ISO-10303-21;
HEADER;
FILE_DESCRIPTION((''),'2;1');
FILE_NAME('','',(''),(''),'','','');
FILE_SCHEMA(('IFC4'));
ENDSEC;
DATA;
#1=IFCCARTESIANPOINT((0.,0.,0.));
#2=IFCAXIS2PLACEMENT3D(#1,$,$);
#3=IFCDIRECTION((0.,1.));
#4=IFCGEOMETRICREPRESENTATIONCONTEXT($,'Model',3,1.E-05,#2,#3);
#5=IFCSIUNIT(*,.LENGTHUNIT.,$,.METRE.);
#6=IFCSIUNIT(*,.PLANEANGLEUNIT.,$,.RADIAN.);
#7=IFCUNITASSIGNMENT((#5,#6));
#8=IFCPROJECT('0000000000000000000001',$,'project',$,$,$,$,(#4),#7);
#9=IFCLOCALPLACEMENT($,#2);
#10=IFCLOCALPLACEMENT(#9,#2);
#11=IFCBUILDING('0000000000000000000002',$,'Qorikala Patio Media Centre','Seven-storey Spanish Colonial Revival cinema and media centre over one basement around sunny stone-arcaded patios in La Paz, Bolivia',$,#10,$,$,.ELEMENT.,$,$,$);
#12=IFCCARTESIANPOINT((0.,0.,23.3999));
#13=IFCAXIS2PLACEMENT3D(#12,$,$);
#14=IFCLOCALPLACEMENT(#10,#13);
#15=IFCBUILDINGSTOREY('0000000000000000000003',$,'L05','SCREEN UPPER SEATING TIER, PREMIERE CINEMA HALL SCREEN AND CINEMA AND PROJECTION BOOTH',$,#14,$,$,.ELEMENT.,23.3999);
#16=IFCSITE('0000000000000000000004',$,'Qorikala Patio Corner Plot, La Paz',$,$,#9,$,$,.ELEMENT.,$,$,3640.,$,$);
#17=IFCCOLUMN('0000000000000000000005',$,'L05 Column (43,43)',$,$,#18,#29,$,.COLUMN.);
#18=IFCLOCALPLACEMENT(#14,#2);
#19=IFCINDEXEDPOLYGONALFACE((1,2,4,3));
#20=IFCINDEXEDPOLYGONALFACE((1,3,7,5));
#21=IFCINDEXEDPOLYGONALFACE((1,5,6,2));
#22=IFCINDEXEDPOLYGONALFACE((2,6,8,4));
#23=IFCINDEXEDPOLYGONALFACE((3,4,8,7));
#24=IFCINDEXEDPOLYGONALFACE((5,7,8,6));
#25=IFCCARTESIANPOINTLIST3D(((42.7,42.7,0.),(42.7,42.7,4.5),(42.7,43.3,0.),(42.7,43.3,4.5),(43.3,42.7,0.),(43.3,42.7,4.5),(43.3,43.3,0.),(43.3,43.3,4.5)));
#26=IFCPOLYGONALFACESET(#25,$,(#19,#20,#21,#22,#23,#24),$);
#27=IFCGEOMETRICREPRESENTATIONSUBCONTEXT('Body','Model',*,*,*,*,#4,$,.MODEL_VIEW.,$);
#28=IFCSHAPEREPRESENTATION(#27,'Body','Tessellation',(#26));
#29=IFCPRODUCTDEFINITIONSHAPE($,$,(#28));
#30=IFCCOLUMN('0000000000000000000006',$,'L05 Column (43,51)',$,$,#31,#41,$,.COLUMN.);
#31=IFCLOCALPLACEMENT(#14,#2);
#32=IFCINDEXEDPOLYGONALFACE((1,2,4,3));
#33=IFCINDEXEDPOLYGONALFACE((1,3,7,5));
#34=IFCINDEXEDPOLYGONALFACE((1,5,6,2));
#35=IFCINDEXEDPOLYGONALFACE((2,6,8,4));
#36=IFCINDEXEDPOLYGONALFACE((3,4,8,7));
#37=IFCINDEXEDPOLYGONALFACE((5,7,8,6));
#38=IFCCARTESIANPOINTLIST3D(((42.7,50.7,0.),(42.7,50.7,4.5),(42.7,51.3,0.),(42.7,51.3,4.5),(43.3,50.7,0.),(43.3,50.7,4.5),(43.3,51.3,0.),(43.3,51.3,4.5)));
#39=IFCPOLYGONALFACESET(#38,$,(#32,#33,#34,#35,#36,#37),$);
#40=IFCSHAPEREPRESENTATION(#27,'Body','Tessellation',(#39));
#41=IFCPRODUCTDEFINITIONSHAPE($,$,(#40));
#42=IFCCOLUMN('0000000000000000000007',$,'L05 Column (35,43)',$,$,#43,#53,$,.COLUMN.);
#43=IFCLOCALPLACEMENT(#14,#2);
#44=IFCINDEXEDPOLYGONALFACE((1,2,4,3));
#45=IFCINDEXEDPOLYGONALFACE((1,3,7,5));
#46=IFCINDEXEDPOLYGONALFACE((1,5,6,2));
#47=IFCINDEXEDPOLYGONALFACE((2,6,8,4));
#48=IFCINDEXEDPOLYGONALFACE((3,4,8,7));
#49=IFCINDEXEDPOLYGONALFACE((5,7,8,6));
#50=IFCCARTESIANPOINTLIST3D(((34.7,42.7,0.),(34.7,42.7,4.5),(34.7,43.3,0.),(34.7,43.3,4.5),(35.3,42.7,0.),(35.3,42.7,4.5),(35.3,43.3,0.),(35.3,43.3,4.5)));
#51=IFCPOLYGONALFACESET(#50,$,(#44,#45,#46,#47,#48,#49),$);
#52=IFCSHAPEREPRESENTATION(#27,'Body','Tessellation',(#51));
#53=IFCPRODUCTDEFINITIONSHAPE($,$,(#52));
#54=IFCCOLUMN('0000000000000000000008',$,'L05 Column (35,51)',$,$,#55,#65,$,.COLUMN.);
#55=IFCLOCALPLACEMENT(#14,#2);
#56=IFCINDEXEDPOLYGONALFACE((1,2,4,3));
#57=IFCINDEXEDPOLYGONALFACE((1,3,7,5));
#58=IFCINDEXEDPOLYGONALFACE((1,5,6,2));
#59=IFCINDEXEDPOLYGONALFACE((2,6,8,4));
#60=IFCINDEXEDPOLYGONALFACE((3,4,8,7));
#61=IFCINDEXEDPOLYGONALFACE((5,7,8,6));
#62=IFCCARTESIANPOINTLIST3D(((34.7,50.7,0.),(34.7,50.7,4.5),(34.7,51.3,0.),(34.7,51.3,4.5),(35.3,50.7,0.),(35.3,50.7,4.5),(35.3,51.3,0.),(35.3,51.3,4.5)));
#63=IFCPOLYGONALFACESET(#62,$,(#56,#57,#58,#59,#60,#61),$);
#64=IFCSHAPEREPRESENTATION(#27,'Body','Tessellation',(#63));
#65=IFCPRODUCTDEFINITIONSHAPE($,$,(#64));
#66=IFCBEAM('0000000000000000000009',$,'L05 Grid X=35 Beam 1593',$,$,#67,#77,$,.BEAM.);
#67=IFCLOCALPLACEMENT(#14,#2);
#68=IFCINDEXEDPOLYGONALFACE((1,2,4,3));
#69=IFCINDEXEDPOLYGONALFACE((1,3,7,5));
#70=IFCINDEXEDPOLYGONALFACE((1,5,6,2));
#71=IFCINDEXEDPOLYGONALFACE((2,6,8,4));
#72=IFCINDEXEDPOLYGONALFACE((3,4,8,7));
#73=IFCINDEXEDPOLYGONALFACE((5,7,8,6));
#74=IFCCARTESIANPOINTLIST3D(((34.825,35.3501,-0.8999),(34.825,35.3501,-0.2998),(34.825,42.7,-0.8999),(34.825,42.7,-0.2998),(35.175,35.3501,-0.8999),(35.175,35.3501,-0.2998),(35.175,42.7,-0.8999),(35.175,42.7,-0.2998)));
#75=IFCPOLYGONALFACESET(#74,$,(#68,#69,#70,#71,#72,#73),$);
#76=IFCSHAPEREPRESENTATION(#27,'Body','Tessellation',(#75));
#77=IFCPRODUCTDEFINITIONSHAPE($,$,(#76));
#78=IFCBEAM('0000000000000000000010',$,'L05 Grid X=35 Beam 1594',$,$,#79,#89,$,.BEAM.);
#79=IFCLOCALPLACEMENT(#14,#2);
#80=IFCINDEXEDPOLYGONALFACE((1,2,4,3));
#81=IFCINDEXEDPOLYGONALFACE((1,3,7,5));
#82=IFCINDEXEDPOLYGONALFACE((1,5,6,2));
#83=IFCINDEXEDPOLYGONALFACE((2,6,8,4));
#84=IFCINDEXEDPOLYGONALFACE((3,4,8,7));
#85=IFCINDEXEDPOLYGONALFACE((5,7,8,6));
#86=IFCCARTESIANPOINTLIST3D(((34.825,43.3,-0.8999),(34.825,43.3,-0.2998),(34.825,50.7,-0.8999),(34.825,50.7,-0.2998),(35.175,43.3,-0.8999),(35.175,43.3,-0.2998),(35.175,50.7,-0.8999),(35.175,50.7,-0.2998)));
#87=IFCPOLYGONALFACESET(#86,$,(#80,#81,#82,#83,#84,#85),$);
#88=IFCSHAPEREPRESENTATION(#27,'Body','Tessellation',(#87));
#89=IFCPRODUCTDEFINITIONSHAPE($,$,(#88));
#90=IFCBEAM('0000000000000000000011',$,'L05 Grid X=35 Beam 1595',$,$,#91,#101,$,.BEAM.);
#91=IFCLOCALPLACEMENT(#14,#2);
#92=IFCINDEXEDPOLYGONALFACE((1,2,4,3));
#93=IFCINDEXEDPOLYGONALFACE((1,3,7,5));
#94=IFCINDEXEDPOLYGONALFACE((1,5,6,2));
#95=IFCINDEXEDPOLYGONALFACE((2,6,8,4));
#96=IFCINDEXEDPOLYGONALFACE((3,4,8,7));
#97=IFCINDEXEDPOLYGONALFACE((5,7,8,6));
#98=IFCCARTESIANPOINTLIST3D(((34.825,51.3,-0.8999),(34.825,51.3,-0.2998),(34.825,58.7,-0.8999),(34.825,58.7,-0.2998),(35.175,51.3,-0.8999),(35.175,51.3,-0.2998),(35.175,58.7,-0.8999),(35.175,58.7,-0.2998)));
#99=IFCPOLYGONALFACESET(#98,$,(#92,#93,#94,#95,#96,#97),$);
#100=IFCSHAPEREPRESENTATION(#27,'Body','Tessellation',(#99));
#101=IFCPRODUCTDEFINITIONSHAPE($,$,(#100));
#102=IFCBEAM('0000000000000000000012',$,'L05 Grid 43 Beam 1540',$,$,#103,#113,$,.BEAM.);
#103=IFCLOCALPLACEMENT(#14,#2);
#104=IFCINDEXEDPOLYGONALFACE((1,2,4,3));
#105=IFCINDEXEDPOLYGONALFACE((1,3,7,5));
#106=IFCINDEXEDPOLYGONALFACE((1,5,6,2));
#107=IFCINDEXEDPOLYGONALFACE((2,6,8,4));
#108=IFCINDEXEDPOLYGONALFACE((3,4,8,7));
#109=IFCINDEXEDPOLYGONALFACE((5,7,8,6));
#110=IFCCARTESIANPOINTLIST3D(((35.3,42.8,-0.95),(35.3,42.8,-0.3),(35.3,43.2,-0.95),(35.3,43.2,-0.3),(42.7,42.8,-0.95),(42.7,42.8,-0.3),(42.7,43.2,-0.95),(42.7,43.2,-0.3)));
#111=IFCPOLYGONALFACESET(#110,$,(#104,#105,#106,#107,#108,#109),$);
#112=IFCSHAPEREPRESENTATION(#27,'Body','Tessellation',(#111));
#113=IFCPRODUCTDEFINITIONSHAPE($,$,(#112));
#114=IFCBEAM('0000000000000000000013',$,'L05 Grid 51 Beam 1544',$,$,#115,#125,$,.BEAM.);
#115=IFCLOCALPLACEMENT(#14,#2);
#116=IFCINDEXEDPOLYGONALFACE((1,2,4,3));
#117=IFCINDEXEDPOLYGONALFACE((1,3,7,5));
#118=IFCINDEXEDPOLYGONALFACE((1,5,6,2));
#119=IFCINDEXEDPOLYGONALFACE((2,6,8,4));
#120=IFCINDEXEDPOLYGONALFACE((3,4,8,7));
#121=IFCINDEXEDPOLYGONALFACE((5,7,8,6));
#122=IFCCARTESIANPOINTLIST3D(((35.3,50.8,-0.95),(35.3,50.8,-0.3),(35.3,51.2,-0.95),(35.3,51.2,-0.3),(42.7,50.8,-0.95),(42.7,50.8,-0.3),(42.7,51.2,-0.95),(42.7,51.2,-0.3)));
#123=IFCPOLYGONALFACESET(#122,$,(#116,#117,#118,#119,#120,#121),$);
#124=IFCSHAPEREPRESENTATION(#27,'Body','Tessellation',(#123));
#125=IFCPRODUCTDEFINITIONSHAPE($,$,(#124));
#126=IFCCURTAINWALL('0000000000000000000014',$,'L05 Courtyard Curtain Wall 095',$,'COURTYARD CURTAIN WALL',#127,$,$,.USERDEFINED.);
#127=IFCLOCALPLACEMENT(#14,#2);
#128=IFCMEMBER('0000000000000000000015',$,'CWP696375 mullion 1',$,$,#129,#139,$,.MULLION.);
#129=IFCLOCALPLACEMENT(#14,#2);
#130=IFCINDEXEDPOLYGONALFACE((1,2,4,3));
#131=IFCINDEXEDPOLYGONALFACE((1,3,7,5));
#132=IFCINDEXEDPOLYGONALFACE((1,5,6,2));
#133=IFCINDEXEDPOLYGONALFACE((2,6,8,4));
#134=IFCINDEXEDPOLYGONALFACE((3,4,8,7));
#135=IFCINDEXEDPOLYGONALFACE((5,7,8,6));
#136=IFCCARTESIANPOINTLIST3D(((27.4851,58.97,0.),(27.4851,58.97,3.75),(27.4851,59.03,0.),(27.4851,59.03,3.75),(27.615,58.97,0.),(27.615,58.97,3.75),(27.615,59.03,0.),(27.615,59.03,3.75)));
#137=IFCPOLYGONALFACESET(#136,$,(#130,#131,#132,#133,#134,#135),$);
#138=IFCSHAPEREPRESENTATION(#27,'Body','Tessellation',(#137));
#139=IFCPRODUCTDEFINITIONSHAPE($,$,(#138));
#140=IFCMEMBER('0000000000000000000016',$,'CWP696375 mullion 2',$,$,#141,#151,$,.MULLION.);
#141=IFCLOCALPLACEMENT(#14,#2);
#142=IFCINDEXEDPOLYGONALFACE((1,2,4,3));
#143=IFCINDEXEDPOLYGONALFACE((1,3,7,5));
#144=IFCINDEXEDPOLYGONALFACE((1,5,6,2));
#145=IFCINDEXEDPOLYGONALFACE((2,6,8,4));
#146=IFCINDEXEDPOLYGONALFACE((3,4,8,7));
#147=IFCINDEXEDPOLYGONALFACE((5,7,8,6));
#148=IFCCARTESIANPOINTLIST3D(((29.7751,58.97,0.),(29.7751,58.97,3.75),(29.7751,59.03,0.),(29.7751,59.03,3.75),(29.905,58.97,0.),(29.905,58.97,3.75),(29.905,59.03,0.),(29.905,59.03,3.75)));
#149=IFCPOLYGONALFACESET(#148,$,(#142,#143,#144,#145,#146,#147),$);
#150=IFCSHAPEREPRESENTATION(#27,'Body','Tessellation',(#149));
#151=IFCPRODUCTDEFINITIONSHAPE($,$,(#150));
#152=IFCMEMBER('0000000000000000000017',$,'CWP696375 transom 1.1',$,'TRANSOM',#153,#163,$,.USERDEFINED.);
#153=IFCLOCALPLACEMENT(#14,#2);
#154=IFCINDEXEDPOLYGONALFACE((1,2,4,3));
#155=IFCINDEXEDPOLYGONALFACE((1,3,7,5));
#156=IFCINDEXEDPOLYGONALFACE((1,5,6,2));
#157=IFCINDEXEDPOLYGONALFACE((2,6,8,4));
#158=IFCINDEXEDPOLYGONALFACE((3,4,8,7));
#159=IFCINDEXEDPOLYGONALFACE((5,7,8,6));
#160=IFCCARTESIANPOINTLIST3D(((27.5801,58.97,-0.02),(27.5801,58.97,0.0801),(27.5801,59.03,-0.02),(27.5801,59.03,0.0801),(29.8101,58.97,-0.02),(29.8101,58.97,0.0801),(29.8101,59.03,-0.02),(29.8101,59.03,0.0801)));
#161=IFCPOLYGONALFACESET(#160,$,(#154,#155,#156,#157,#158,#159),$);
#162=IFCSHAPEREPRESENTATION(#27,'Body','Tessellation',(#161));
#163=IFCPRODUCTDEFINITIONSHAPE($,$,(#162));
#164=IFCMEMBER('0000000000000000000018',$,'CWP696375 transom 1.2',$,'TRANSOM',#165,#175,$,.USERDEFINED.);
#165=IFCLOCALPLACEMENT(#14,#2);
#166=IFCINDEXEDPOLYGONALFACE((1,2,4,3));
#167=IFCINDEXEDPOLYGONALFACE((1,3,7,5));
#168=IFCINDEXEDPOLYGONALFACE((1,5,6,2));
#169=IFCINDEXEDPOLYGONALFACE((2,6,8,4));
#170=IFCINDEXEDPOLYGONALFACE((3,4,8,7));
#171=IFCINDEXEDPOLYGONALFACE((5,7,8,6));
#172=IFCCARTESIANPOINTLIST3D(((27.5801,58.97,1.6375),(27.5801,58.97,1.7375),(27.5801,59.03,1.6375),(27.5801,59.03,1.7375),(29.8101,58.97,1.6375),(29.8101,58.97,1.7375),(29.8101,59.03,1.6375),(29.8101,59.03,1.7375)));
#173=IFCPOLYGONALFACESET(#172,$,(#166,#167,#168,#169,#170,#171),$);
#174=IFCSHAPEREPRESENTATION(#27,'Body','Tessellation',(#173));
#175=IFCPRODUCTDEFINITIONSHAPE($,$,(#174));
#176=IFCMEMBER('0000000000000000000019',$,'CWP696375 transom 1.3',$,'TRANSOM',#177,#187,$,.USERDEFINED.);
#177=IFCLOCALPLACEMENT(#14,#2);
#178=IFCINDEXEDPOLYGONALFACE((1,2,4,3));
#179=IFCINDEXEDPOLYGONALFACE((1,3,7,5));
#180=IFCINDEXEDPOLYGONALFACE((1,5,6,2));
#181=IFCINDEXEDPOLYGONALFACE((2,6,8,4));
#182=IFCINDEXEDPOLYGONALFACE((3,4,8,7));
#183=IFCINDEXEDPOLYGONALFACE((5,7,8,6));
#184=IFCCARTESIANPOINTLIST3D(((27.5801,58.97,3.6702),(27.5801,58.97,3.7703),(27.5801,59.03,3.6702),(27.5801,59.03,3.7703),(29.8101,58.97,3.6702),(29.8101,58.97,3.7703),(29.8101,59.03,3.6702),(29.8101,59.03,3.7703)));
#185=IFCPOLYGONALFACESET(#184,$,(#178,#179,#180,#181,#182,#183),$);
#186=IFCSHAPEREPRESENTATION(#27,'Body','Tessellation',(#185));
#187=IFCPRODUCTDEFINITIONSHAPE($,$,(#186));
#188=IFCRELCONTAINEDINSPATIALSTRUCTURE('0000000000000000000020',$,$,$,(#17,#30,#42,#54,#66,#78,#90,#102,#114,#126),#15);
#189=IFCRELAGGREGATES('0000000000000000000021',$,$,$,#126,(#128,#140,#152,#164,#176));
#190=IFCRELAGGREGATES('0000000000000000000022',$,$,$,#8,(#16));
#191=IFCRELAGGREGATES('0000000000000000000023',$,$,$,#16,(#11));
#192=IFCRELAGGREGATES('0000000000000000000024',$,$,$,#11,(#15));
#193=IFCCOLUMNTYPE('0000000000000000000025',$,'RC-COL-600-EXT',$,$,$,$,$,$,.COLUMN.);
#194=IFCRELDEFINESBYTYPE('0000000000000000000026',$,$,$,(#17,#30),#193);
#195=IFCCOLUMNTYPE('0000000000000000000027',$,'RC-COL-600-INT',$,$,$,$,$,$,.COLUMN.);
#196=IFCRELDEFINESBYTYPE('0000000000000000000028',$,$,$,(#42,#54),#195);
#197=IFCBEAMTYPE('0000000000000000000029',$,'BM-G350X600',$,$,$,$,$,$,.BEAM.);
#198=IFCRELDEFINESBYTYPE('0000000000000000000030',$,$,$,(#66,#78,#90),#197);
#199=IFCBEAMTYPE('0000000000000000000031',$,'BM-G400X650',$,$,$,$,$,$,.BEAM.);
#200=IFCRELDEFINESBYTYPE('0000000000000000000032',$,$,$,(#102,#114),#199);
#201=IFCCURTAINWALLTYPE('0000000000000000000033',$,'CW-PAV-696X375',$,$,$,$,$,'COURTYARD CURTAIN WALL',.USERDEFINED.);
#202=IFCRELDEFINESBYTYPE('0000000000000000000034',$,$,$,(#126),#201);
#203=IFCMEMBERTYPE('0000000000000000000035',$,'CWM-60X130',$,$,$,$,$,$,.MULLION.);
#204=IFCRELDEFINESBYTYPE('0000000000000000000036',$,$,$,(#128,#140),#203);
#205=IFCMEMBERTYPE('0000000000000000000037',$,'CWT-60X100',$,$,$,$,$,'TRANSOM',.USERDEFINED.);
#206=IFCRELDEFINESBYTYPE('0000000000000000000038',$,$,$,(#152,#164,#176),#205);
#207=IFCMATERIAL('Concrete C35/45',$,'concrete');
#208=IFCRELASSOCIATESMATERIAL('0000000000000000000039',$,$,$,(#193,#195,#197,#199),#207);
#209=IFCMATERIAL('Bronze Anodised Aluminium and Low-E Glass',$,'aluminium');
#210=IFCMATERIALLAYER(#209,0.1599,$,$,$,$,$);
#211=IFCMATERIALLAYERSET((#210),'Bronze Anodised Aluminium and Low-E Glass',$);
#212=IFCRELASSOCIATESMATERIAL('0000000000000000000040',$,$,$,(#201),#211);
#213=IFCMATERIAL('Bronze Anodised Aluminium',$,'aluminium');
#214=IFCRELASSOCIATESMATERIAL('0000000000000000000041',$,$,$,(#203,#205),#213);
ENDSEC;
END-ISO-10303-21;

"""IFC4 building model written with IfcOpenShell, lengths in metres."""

from ifc_helpers import new_model, si_unit, direction, frame, origin, origin_2d, place, context, subcontext, project, spatial, rectangle, extrude, material, layer, layer_set, material_profile, profile_set, type_object, element, aggregate, save


model = new_model("IFC4")

# Units and contexts
model_context = context("Model", 3, precision=1e-05, world=origin(), true_north=direction((0.0, 1.0)))
body_context = subcontext(model_context, "Body", "Model", "MODEL_VIEW")
ifc_project = project(units=[si_unit("LENGTHUNIT", "METRE"), si_unit("PLANEANGLEUNIT", "RADIAN")], contexts=[model_context])

# Site, building, storey
site_placement = place(None, origin())
site = spatial("IfcSite", under=ifc_project, at=site_placement, Name="Qorikala Patio Corner Plot, La Paz", CompositionType="ELEMENT", RefElevation=3640.0)
building_placement = place(site_placement, origin())
building = spatial("IfcBuilding", under=site, at=building_placement, Name="Qorikala Patio Media Centre", Description="Seven-storey Spanish Colonial Revival cinema and media centre over one basement around sunny stone-arcaded patios in La Paz, Bolivia", CompositionType="ELEMENT")
storey_placement = place(building_placement, frame((0.0, 0.0, 23.3999)))
storey = spatial("IfcBuildingStorey", under=building, at=storey_placement, Name="L05", Description="SCREEN UPPER SEATING TIER, PREMIERE CINEMA HALL SCREEN AND CINEMA AND PROJECTION BOOTH", CompositionType="ELEMENT", Elevation=23.3999)

# Columns
ifc_material_1 = material(Name="Concrete C35/45", Category="concrete")
ifc_material_profile_1 = material_profile(ifc_material_1, rectangle(XDim=0.6001, YDim=0.6001, at=origin_2d()), Name="RC 600x600")
ifc_profile_set_1 = profile_set([ifc_material_profile_1], Name="Concrete C35/45")
column_type_1 = type_object("IfcColumnType", Name="RC-COL-600-EXT", PredefinedType="COLUMN", material=ifc_profile_set_1)
for number, where, z_axis, x_axis, name in (
    (1, (43.0, 43.0, 0.0), (0.0, 0.0, 1.0), (1.0, 0.0, 0.0), "L05 Column (43,43)"),
    (2, (43.0, 51.0, 0.0), (0.0, 0.0, 1.0), (1.0, 0.0, 0.0), "L05 Column (43,51)"),
):
    element("IfcColumn", number, at=place(storey_placement, frame(where, z_axis=z_axis, x_axis=x_axis)), inside=storey, type_object=column_type_1, Name=name, PredefinedType="COLUMN", context=body_context, shape_type="SweptSolid", body=[
        extrude(rectangle(XDim=0.6001, YDim=0.6001, at=origin_2d()), origin(), (0.0, 0.0, 1.0), 4.5),
    ])
ifc_material_profile_2 = material_profile(ifc_material_1, rectangle(XDim=0.6001, YDim=0.6001, at=origin_2d()), Name="RC 600x600")
ifc_profile_set_2 = profile_set([ifc_material_profile_2], Name="Concrete C35/45")
column_type_2 = type_object("IfcColumnType", Name="RC-COL-600-INT", PredefinedType="COLUMN", material=ifc_profile_set_2)
for number, where, z_axis, x_axis, name in (
    (3, (35.0, 43.0, 0.0), (0.0, 0.0, 1.0), (1.0, 0.0, 0.0), "L05 Column (35,43)"),
    (4, (35.0, 51.0, 0.0), (0.0, 0.0, 1.0), (1.0, 0.0, 0.0), "L05 Column (35,51)"),
):
    element("IfcColumn", number, at=place(storey_placement, frame(where, z_axis=z_axis, x_axis=x_axis)), inside=storey, type_object=column_type_2, Name=name, PredefinedType="COLUMN", context=body_context, shape_type="SweptSolid", body=[
        extrude(rectangle(XDim=0.6001, YDim=0.6001, at=origin_2d()), origin(), (0.0, 0.0, 1.0), 4.5),
    ])

# Beams
ifc_material_profile_3 = material_profile(ifc_material_1, rectangle(XDim=0.3501, YDim=0.6001, at=origin_2d()), Name="RC 350x600")
ifc_profile_set_3 = profile_set([ifc_material_profile_3], Name="Concrete C35/45")
beam_type_1 = type_object("IfcBeamType", Name="BM-G350X600", PredefinedType="BEAM", material=ifc_profile_set_3)
beam_1_placement = place(storey_placement, frame((35.0, 35.3501, -0.5999), z_axis=(0.0, 1.0, 0.0), x_axis=(-1.0, 0.0, 0.0)))
element("IfcBeam", 5, at=beam_1_placement, inside=storey, type_object=beam_type_1, Name="L05 Grid X=35 Beam 1593", PredefinedType="BEAM", context=body_context, shape_type="SweptSolid", body=[
    extrude(rectangle(XDim=0.3501, YDim=0.6001, at=origin_2d()), origin(), (0.0, 0.0, 1.0), 7.3499),
])
for number, where, z_axis, x_axis, name in (
    (6, (35.0, 43.3, -0.5999), (0.0, 1.0, 0.0), (-1.0, 0.0, 0.0), "L05 Grid X=35 Beam 1594"),
    (7, (35.0, 51.3, -0.5999), (0.0, 1.0, 0.0), (-1.0, 0.0, 0.0), "L05 Grid X=35 Beam 1595"),
):
    element("IfcBeam", number, at=place(storey_placement, frame(where, z_axis=z_axis, x_axis=x_axis)), inside=storey, type_object=beam_type_1, Name=name, PredefinedType="BEAM", context=body_context, shape_type="SweptSolid", body=[
        extrude(rectangle(XDim=0.3501, YDim=0.6001, at=origin_2d()), origin(), (0.0, 0.0, 1.0), 7.3999),
    ])
ifc_material_profile_4 = material_profile(ifc_material_1, rectangle(XDim=0.3999, YDim=0.6499, at=origin_2d()), Name="RC 400x650")
ifc_profile_set_4 = profile_set([ifc_material_profile_4], Name="Concrete C35/45")
beam_type_2 = type_object("IfcBeamType", Name="BM-G400X650", PredefinedType="BEAM", material=ifc_profile_set_4)
for number, where, z_axis, x_axis, name in (
    (8, (35.3, 43.0, -0.625), (1.0, 0.0, 0.0), (0.0, 1.0, 0.0), "L05 Grid 43 Beam 1540"),
    (9, (35.3, 51.0, -0.625), (1.0, 0.0, 0.0), (0.0, 1.0, 0.0), "L05 Grid 51 Beam 1544"),
):
    element("IfcBeam", number, at=place(storey_placement, frame(where, z_axis=z_axis, x_axis=x_axis)), inside=storey, type_object=beam_type_2, Name=name, PredefinedType="BEAM", context=body_context, shape_type="SweptSolid", body=[
        extrude(rectangle(XDim=0.3999, YDim=0.6499, at=origin_2d()), origin(), (0.0, 0.0, 1.0), 7.3999),
    ])

# Curtain wall, members
ifc_material_2 = material(Name="Bronze Anodised Aluminium and Low-E Glass", Category="aluminium")
ifc_layer_1 = layer(ifc_material_2, 0.1599)
ifc_layer_set_1 = layer_set([ifc_layer_1], Name="Bronze Anodised Aluminium and Low-E Glass")
curtain_wall_type = type_object("IfcCurtainWallType", Name="CW-PAV-696X375", ElementType="COURTYARD CURTAIN WALL", PredefinedType="USERDEFINED", material=ifc_layer_set_1)
curtain_wall_placement = place(storey_placement, origin())
curtain_wall = element("IfcCurtainWall", 10, at=curtain_wall_placement, inside=storey, type_object=curtain_wall_type, Name="L05 Courtyard Curtain Wall 095", ObjectType="COURTYARD CURTAIN WALL", PredefinedType="USERDEFINED")
ifc_material_3 = material(Name="Bronze Anodised Aluminium", Category="aluminium")
ifc_material_profile_5 = material_profile(ifc_material_3, rectangle(XDim=0.0601, YDim=0.1299, at=origin_2d()), Name="ALU MULLION 60x130")
ifc_profile_set_5 = profile_set([ifc_material_profile_5], Name="Bronze Anodised Aluminium")
member_type_1 = type_object("IfcMemberType", Name="CWM-60X130", PredefinedType="MULLION", material=ifc_profile_set_5)
member_1_placement = place(storey_placement, frame((27.55, 59.0, 0.0), z_axis=(0.0, 0.0, 1.0), x_axis=(0.0, 1.0, 0.0)))
member_1 = element("IfcMember", 11, at=member_1_placement, type_object=member_type_1, Name="CWP696375 mullion 1", PredefinedType="MULLION", context=body_context, shape_type="SweptSolid", body=[
    extrude(rectangle(XDim=0.0601, YDim=0.1299, at=origin_2d()), origin(), (0.0, 0.0, 1.0), 3.75),
])
member_2_placement = place(storey_placement, frame((29.8401, 59.0, 0.0), z_axis=(0.0, 0.0, 1.0), x_axis=(0.0, 1.0, 0.0)))
member_2 = element("IfcMember", 12, at=member_2_placement, type_object=member_type_1, Name="CWP696375 mullion 2", PredefinedType="MULLION", context=body_context, shape_type="SweptSolid", body=[
    extrude(rectangle(XDim=0.0601, YDim=0.1299, at=origin_2d()), origin(), (0.0, 0.0, 1.0), 3.75),
])
ifc_material_profile_6 = material_profile(ifc_material_3, rectangle(XDim=0.0601, YDim=0.1001, at=origin_2d()), Name="ALU TRANSOM 60x100")
ifc_profile_set_6 = profile_set([ifc_material_profile_6], Name="Bronze Anodised Aluminium")
member_type_2 = type_object("IfcMemberType", Name="CWT-60X100", ElementType="TRANSOM", PredefinedType="USERDEFINED", material=ifc_profile_set_6)
member_3_placement = place(storey_placement, frame((27.5801, 59.0, 0.03), z_axis=(1.0, 0.0, 0.0), x_axis=(0.0, 1.0, 0.0)))
member_3 = element("IfcMember", 13, at=member_3_placement, type_object=member_type_2, Name="CWP696375 transom 1.1", ObjectType="TRANSOM", PredefinedType="USERDEFINED", context=body_context, shape_type="SweptSolid", body=[
    extrude(rectangle(XDim=0.0601, YDim=0.1001, at=origin_2d()), origin(), (0.0, 0.0, 1.0), 2.23),
])
member_4_placement = place(storey_placement, frame((27.5801, 59.0, 1.6875), z_axis=(1.0, 0.0, 0.0), x_axis=(0.0, 1.0, 0.0)))
member_4 = element("IfcMember", 14, at=member_4_placement, type_object=member_type_2, Name="CWP696375 transom 1.2", ObjectType="TRANSOM", PredefinedType="USERDEFINED", context=body_context, shape_type="SweptSolid", body=[
    extrude(rectangle(XDim=0.0601, YDim=0.1001, at=origin_2d()), origin(), (0.0, 0.0, 1.0), 2.23),
])
member_5_placement = place(storey_placement, frame((27.5801, 59.0, 3.7202), z_axis=(1.0, 0.0, 0.0), x_axis=(0.0, 1.0, 0.0)))
member_5 = element("IfcMember", 15, at=member_5_placement, type_object=member_type_2, Name="CWP696375 transom 1.3", ObjectType="TRANSOM", PredefinedType="USERDEFINED", context=body_context, shape_type="SweptSolid", body=[
    extrude(rectangle(XDim=0.0601, YDim=0.1001, at=origin_2d()), origin(), (0.0, 0.0, 1.0), 2.23),
])

aggregate(curtain_wall, [member_1, member_2, member_3, member_4, member_5])

save(model, "model.ifc")
